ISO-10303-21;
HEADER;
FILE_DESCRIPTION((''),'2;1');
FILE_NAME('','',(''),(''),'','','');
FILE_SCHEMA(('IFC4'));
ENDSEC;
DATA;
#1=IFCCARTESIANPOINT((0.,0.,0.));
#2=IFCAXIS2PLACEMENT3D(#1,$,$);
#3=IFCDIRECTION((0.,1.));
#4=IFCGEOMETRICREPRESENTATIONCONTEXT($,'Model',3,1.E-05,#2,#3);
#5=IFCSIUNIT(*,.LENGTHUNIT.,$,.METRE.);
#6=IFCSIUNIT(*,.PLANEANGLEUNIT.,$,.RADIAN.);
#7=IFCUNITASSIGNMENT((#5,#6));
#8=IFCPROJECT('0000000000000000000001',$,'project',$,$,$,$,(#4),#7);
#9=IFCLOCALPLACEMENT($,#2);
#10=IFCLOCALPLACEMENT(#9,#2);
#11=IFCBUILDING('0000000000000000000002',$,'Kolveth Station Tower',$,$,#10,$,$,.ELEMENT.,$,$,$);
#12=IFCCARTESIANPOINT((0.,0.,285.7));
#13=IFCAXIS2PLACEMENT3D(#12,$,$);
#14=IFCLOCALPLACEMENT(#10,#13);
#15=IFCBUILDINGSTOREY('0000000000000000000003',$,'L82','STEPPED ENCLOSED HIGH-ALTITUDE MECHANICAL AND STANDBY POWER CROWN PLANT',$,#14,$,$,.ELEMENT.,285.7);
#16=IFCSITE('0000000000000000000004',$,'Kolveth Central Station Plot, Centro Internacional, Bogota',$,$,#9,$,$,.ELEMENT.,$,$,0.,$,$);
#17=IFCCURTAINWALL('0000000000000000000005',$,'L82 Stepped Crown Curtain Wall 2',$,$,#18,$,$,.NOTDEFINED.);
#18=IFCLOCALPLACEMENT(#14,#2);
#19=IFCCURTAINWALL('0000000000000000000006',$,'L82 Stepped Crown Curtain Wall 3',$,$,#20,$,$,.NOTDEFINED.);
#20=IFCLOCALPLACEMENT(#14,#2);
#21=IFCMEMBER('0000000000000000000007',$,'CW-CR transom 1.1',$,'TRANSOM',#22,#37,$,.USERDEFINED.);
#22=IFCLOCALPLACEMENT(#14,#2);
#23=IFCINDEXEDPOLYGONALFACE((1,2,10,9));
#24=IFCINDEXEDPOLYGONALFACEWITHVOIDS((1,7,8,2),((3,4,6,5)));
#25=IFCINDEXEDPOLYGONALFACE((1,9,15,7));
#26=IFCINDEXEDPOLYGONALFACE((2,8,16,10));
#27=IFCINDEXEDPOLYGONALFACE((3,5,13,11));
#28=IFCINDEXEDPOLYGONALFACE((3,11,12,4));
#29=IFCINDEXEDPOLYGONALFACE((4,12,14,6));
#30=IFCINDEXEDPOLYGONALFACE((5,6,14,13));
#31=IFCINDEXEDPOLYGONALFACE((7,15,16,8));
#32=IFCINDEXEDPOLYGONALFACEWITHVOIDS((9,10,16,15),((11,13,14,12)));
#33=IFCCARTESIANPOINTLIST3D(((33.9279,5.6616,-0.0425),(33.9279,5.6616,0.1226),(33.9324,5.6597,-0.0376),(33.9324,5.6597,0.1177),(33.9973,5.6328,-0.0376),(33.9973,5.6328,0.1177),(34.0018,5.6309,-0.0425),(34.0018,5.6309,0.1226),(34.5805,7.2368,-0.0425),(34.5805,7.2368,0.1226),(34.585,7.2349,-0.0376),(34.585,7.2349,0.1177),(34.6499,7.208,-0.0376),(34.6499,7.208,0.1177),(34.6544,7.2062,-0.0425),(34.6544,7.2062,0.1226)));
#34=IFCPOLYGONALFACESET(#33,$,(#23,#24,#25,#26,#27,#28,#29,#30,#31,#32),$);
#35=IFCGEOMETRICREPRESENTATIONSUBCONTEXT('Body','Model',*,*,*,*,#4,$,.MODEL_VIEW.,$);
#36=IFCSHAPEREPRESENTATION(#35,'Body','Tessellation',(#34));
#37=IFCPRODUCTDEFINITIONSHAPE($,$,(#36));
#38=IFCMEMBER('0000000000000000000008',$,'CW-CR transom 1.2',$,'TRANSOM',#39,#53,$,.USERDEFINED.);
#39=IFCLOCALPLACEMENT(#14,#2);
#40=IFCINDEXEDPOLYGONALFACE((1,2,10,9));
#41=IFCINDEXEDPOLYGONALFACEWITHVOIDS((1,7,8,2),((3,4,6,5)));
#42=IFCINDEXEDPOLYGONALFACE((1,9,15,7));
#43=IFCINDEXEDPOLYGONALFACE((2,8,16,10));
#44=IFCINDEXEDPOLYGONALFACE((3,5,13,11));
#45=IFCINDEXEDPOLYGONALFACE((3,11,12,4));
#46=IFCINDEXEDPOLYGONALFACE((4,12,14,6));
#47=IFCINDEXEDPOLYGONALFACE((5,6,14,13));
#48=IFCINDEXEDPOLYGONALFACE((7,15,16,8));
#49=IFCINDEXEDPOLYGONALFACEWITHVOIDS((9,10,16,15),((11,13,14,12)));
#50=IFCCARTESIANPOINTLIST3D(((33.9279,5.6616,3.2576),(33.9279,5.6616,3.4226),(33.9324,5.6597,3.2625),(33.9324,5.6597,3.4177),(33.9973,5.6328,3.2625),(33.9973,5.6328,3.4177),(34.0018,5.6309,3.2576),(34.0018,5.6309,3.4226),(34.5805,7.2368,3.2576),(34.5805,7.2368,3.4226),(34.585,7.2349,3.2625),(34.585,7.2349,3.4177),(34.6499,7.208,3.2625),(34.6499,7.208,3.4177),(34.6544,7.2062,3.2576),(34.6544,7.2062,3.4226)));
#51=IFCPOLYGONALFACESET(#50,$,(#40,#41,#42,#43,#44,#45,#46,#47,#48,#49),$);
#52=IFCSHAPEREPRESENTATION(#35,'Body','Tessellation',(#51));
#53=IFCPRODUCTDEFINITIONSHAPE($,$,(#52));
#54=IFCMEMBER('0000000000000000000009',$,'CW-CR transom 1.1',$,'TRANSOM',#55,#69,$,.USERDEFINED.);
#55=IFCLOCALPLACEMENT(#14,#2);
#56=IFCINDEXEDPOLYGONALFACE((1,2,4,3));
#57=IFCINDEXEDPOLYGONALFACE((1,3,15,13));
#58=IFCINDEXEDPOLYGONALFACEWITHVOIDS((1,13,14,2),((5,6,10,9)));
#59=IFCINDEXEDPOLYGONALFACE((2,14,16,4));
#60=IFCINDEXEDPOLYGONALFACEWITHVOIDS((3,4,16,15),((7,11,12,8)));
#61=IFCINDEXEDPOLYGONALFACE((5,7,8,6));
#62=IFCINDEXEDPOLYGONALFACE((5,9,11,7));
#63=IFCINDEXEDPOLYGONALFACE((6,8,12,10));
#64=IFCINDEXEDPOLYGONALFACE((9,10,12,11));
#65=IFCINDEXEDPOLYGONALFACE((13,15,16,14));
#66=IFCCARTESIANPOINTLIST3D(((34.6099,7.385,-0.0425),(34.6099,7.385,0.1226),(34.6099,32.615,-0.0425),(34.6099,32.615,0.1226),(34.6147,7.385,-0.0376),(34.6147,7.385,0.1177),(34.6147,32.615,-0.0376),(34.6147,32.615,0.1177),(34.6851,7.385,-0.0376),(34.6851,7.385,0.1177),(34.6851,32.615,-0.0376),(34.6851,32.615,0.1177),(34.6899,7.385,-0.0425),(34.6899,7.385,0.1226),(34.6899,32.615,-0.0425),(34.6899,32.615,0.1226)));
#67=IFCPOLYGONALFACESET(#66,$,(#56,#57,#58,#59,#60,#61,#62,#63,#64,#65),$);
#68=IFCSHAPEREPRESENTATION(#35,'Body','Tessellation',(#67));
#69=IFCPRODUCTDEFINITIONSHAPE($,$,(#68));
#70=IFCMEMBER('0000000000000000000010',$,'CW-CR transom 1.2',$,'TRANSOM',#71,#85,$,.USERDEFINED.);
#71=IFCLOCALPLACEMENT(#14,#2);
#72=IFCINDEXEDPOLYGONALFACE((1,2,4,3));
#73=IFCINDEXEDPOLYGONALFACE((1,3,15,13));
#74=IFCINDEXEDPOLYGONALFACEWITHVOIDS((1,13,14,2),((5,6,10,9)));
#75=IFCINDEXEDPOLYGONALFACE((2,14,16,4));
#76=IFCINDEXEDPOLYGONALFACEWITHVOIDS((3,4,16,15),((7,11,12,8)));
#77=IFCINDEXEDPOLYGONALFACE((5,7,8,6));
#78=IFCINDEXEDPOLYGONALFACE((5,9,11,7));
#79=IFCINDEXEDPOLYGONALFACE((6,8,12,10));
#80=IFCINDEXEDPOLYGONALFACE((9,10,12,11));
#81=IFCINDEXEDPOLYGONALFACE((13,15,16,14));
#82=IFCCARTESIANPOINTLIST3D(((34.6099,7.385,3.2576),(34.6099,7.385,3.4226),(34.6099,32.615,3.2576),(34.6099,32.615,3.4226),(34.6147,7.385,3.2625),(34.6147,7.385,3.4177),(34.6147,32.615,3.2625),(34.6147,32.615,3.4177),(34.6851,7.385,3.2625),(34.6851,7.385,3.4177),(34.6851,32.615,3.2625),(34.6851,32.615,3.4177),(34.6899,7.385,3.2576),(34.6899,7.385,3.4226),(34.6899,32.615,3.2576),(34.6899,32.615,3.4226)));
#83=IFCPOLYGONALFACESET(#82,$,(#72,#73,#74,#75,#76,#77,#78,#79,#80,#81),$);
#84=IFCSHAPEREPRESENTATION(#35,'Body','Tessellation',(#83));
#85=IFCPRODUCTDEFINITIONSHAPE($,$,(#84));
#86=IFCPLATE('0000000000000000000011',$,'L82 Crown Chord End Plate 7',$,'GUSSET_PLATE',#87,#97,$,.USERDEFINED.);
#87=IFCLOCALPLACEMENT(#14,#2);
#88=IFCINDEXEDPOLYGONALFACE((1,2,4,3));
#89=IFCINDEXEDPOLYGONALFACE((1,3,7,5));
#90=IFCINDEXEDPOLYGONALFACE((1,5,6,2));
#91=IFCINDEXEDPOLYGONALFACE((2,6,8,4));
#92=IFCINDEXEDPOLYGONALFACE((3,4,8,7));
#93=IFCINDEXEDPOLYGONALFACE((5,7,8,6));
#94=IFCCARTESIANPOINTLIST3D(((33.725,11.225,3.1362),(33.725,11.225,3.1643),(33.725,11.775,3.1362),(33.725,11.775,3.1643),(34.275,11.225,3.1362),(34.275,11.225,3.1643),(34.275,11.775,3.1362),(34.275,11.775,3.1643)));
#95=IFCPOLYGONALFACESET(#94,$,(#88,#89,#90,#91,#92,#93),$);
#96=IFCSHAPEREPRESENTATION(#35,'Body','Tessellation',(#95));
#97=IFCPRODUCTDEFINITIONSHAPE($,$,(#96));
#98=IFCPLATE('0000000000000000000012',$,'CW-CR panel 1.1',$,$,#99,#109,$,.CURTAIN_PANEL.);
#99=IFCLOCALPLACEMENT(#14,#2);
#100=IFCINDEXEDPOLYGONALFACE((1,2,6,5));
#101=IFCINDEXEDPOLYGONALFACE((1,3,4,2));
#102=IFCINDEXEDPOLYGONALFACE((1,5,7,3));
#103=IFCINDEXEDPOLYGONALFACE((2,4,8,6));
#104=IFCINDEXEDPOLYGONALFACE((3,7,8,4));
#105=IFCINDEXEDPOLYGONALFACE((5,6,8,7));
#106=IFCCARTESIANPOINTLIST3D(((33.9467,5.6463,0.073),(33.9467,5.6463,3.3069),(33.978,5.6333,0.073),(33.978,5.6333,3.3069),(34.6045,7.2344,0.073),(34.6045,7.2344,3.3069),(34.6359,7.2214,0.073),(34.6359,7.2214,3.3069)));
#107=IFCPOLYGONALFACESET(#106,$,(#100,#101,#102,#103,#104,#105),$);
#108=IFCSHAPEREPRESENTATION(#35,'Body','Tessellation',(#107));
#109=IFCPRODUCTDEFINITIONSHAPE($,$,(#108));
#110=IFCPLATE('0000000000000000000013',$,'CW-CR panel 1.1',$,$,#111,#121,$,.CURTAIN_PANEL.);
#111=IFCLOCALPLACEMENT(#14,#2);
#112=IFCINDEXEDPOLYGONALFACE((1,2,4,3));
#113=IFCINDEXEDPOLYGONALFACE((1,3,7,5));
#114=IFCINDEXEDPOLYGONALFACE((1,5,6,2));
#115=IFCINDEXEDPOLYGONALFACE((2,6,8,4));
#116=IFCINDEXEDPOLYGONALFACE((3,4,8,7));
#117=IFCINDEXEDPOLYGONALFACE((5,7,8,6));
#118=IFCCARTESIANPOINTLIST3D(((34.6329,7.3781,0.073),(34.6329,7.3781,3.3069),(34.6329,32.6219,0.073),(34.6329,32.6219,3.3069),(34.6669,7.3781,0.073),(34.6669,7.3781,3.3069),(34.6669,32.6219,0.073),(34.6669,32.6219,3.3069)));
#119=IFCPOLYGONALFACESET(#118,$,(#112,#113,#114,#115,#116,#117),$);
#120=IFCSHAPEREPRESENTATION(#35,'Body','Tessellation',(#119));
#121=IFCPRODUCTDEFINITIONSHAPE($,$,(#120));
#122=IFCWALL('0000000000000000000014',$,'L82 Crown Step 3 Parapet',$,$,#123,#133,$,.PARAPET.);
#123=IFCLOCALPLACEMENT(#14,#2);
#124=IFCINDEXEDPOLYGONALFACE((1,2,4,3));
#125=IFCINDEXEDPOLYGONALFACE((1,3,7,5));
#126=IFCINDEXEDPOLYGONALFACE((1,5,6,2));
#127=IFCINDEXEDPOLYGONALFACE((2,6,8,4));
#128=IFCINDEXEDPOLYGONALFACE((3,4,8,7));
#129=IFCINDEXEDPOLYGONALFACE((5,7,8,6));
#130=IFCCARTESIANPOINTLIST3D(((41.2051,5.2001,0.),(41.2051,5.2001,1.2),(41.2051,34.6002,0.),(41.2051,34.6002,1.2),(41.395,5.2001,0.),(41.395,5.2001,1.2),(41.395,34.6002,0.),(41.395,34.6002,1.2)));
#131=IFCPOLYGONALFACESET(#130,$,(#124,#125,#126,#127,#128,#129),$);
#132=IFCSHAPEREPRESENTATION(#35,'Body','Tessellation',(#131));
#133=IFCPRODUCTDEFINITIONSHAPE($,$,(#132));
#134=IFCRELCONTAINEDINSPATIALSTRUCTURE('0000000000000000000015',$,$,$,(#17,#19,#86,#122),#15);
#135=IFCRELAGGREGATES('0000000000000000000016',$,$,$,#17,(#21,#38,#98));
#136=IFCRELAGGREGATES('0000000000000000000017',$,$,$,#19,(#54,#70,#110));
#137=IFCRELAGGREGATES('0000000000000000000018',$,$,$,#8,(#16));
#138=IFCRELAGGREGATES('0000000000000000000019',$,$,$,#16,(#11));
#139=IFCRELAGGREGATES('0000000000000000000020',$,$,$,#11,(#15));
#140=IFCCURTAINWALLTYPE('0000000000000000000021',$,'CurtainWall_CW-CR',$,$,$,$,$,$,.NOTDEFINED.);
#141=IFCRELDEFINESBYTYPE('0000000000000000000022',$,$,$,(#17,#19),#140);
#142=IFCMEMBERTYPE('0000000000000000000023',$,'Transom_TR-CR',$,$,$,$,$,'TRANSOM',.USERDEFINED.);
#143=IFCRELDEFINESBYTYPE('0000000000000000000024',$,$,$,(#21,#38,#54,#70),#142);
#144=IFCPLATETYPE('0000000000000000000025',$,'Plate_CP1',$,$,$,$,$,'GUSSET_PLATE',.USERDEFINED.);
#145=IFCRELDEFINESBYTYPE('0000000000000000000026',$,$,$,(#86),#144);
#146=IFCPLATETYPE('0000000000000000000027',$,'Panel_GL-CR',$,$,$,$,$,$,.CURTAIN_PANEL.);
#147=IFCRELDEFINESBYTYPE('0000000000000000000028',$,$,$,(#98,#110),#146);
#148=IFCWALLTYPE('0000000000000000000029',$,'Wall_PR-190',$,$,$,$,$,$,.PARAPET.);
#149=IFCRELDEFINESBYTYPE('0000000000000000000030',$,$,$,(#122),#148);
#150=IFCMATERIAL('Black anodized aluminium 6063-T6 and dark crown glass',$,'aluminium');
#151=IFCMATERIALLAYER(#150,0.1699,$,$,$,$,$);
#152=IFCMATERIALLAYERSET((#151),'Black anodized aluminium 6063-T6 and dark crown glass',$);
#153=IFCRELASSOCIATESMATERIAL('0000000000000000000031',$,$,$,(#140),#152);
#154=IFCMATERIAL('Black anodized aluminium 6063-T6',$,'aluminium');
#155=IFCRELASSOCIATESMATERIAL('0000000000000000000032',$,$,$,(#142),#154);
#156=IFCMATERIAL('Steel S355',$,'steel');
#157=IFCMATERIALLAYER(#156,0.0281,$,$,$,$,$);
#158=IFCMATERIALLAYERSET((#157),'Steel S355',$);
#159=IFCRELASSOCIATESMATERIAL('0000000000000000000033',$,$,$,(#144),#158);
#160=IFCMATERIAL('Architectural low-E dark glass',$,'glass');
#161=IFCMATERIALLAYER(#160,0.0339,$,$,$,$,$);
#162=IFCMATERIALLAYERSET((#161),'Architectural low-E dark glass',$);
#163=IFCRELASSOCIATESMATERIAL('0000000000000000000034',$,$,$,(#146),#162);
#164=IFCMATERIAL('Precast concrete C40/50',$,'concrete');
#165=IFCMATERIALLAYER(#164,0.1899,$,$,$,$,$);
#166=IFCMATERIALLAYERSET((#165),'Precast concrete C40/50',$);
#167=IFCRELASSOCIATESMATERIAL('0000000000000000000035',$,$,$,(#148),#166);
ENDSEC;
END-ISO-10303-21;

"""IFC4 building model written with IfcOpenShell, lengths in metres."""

from ifc_helpers import new_model, si_unit, direction, frame, frame_2d, origin, origin_2d, place, context, subcontext, project, spatial, rectangle, hollow_rectangle, extrude, source, transform, mapped, material, layer, layer_set, material_profile, profile_set, type_object, element, aggregate, save


model = new_model("IFC4")

# Units and contexts
model_context = context("Model", 3, precision=1e-05, world=origin(), true_north=direction((0.0, 1.0)))
body_context = subcontext(model_context, "Body", "Model", "MODEL_VIEW")
ifc_project = project(units=[si_unit("LENGTHUNIT", "METRE"), si_unit("PLANEANGLEUNIT", "RADIAN")], contexts=[model_context])

# Site, building, storey
site_placement = place(None, origin())
site = spatial("IfcSite", under=ifc_project, at=site_placement, Name="Kolveth Central Station Plot, Centro Internacional, Bogota", CompositionType="ELEMENT", RefElevation=0.0)
building_placement = place(site_placement, origin())
building = spatial("IfcBuilding", under=site, at=building_placement, Name="Kolveth Station Tower", CompositionType="ELEMENT")
storey_placement = place(building_placement, frame((0.0, 0.0, 285.7)))
storey = spatial("IfcBuildingStorey", under=building, at=storey_placement, Name="L82", Description="STEPPED ENCLOSED HIGH-ALTITUDE MECHANICAL AND STANDBY POWER CROWN PLANT", CompositionType="ELEMENT", Elevation=285.7)

# Shared definitions
ifc_material_1 = material(Name="Steel S355", Category="steel")

# Shared definitions
ifc_material_2 = material(Name="Black anodized aluminium 6063-T6 and dark crown glass", Category="aluminium")
ifc_layer_1 = layer(ifc_material_2, 0.1699)
ifc_layer_set_1 = layer_set([ifc_layer_1], Name="Black anodized aluminium 6063-T6 and dark crown glass")
curtain_wall_type = type_object("IfcCurtainWallType", Name="CurtainWall_CW-CR", PredefinedType="NOTDEFINED", material=ifc_layer_set_1)
ifc_material_3 = material(Name="Black anodized aluminium 6063-T6", Category="aluminium")

# Curtain wall
curtain_wall_1_placement = place(storey_placement, origin())
curtain_wall_1 = element("IfcCurtainWall", 1, at=curtain_wall_1_placement, inside=storey, type_object=curtain_wall_type, Name="L82 Stepped Crown Curtain Wall 2", PredefinedType="NOTDEFINED")

# Curtain wall
curtain_wall_2_placement = place(storey_placement, origin())
curtain_wall_2 = element("IfcCurtainWall", 2, at=curtain_wall_2_placement, inside=storey, type_object=curtain_wall_type, Name="L82 Stepped Crown Curtain Wall 3", PredefinedType="NOTDEFINED")

# Members
ifc_material_profile_1 = material_profile(ifc_material_3, hollow_rectangle(XDim=0.0801, YDim=0.165, WallThickness=0.0049, at=origin_2d()), Name="ALU-80x165x5")
ifc_profile_set_1 = profile_set([ifc_material_profile_1], Name="Black anodized aluminium 6063-T6")
member_type_1 = type_object("IfcMemberType", Name="Transom_TR-CR", ElementType="TRANSOM", PredefinedType="USERDEFINED", material=ifc_profile_set_1)
shared_shape_1 = source(origin(), body_context, "Body", "SweptSolid", [
    extrude(hollow_rectangle(XDim=0.0801, YDim=0.165, WallThickness=0.0049, at=origin_2d()), origin(), (0.0, 0.0, 1.0), 1.7051),
])
member_1_placement = place(storey_placement, frame((33.9648, 5.6462, 0.04), z_axis=(0.382744, 0.923855, 0.0), x_axis=(-0.923855, 0.382744, 0.0)))
member_1 = element("IfcMember", 3, at=member_1_placement, type_object=member_type_1, Name="CW-CR transom 1.1", ObjectType="TRANSOM", PredefinedType="USERDEFINED", context=body_context, shape_type="MappedRepresentation", body=[
    mapped(shared_shape_1, transform((0.0, 0.0, 0.0), x_axis=(1.0, 0.0, 0.0), y_axis=(0.0, 1.0, 0.0), z_axis=(0.0, 0.0, 1.0), scale=1.0)),
])
member_2_placement = place(storey_placement, frame((33.9648, 5.6462, 3.3401), z_axis=(0.382744, 0.923855, 0.0), x_axis=(-0.923855, 0.382744, 0.0)))
member_2 = element("IfcMember", 4, at=member_2_placement, type_object=member_type_1, Name="CW-CR transom 1.2", ObjectType="TRANSOM", PredefinedType="USERDEFINED", context=body_context, shape_type="MappedRepresentation", body=[
    mapped(shared_shape_1, transform((0.0, 0.0, 0.0), x_axis=(1.0, 0.0, 0.0), y_axis=(0.0, 1.0, 0.0), z_axis=(0.0, 0.0, 1.0), scale=1.0)),
])
shared_shape_2 = source(origin(), body_context, "Body", "SweptSolid", [
    extrude(hollow_rectangle(XDim=0.0801, YDim=0.165, WallThickness=0.0049, at=origin_2d()), origin(), (0.0, 0.0, 1.0), 25.23),
])
member_3_placement = place(storey_placement, frame((34.6499, 7.385, 0.04), z_axis=(0.0, 1.0, 0.0), x_axis=(-1.0, 0.0, 0.0)))
member_3 = element("IfcMember", 5, at=member_3_placement, type_object=member_type_1, Name="CW-CR transom 1.1", ObjectType="TRANSOM", PredefinedType="USERDEFINED", context=body_context, shape_type="MappedRepresentation", body=[
    mapped(shared_shape_2, transform((0.0, 0.0, 0.0), x_axis=(1.0, 0.0, 0.0), y_axis=(0.0, 1.0, 0.0), z_axis=(0.0, 0.0, 1.0), scale=1.0)),
])
member_4_placement = place(storey_placement, frame((34.6499, 7.385, 3.3401), z_axis=(0.0, 1.0, 0.0), x_axis=(-1.0, 0.0, 0.0)))
member_4 = element("IfcMember", 6, at=member_4_placement, type_object=member_type_1, Name="CW-CR transom 1.2", ObjectType="TRANSOM", PredefinedType="USERDEFINED", context=body_context, shape_type="MappedRepresentation", body=[
    mapped(shared_shape_2, transform((0.0, 0.0, 0.0), x_axis=(1.0, 0.0, 0.0), y_axis=(0.0, 1.0, 0.0), z_axis=(0.0, 0.0, 1.0), scale=1.0)),
])

# Plates
ifc_layer_2 = layer(ifc_material_1, 0.0281)
ifc_layer_set_2 = layer_set([ifc_layer_2], Name="Steel S355")
plate_type_1 = type_object("IfcPlateType", Name="Plate_CP1", ElementType="GUSSET_PLATE", PredefinedType="USERDEFINED", material=ifc_layer_set_2)
shared_shape_3 = source(origin(), body_context, "Body", "SweptSolid", [
    extrude(rectangle(XDim=0.55, YDim=0.55, at=origin_2d()), origin(), (0.0, 0.0, 1.0), 0.0281),
])
plate_1_placement = place(storey_placement, frame((34.0, 11.5, 3.1362), z_axis=(0.0, 0.0, 1.0), x_axis=(1.0, 0.0, 0.0)))
element("IfcPlate", 7, at=plate_1_placement, inside=storey, type_object=plate_type_1, Name="L82 Crown Chord End Plate 7", ObjectType="GUSSET_PLATE", PredefinedType="USERDEFINED", context=body_context, shape_type="MappedRepresentation", body=[
    mapped(shared_shape_3, transform((0.0, 0.0, 0.0), x_axis=(1.0, 0.0, 0.0), y_axis=(0.0, 1.0, 0.0), z_axis=(0.0, 0.0, 1.0), scale=1.0)),
])
ifc_material_4 = material(Name="Architectural low-E dark glass", Category="glass")
ifc_layer_3 = layer(ifc_material_4, 0.0339)
ifc_layer_set_3 = layer_set([ifc_layer_3], Name="Architectural low-E dark glass")
plate_type_2 = type_object("IfcPlateType", Name="Panel_GL-CR", PredefinedType="CURTAIN_PANEL", material=ifc_layer_set_3)
shared_shape_4 = source(origin(), body_context, "Body", "SweptSolid", [
    extrude(rectangle(XDim=1.719, YDim=0.0339, at=origin_2d()), origin(), (0.0, 0.0, 1.0), 3.2339),
])
plate_2_placement = place(storey_placement, frame((34.2913, 6.4338, 0.073), z_axis=(0.0, 0.0, 1.0), x_axis=(0.382691, 0.923876, 0.0)))
plate_2 = element("IfcPlate", 8, at=plate_2_placement, type_object=plate_type_2, Name="CW-CR panel 1.1", PredefinedType="CURTAIN_PANEL", context=body_context, shape_type="MappedRepresentation", body=[
    mapped(shared_shape_4, transform((0.0, 0.0, 0.0), x_axis=(1.0, 0.0, 0.0), y_axis=(0.0, 1.0, 0.0), z_axis=(0.0, 0.0, 1.0), scale=1.0)),
])
aggregate(curtain_wall_1, [member_1, member_2, plate_2])
shared_shape_5 = source(origin(), body_context, "Body", "SweptSolid", [
    extrude(rectangle(XDim=25.2439, YDim=0.0339, at=origin_2d()), origin(), (0.0, 0.0, 1.0), 3.2339),
])
plate_3_placement = place(storey_placement, frame((34.6499, 20.0, 0.073), z_axis=(0.0, 0.0, 1.0), x_axis=(0.0, 1.0, 0.0)))
plate_3 = element("IfcPlate", 9, at=plate_3_placement, type_object=plate_type_2, Name="CW-CR panel 1.1", PredefinedType="CURTAIN_PANEL", context=body_context, shape_type="MappedRepresentation", body=[
    mapped(shared_shape_5, transform((0.0, 0.0, 0.0), x_axis=(1.0, 0.0, 0.0), y_axis=(0.0, 1.0, 0.0), z_axis=(0.0, 0.0, 1.0), scale=1.0)),
])
aggregate(curtain_wall_2, [member_3, member_4, plate_3])

# Wall
ifc_material_5 = material(Name="Precast concrete C40/50", Category="concrete")
ifc_layer_4 = layer(ifc_material_5, 0.1899)
ifc_layer_set_4 = layer_set([ifc_layer_4], Name="Precast concrete C40/50")
wall_type = type_object("IfcWallType", Name="Wall_PR-190", PredefinedType="PARAPET", material=ifc_layer_set_4)
wall_placement = place(storey_placement, frame((41.3, 5.2, 0.0), z_axis=(0.0, 0.0, 1.0), x_axis=(0.0, 1.0, 0.0)))
element("IfcWall", 10, at=wall_placement, inside=storey, type_object=wall_type, Name="L82 Crown Step 3 Parapet", PredefinedType="PARAPET", context=body_context, shape_type="SweptSolid", body=[
    extrude(rectangle(XDim=29.4001, YDim=0.1899, at=frame_2d((14.7002, 0.0))), origin(), (0.0, 0.0, 1.0), 1.2),
])

save(model, "model.ifc")
